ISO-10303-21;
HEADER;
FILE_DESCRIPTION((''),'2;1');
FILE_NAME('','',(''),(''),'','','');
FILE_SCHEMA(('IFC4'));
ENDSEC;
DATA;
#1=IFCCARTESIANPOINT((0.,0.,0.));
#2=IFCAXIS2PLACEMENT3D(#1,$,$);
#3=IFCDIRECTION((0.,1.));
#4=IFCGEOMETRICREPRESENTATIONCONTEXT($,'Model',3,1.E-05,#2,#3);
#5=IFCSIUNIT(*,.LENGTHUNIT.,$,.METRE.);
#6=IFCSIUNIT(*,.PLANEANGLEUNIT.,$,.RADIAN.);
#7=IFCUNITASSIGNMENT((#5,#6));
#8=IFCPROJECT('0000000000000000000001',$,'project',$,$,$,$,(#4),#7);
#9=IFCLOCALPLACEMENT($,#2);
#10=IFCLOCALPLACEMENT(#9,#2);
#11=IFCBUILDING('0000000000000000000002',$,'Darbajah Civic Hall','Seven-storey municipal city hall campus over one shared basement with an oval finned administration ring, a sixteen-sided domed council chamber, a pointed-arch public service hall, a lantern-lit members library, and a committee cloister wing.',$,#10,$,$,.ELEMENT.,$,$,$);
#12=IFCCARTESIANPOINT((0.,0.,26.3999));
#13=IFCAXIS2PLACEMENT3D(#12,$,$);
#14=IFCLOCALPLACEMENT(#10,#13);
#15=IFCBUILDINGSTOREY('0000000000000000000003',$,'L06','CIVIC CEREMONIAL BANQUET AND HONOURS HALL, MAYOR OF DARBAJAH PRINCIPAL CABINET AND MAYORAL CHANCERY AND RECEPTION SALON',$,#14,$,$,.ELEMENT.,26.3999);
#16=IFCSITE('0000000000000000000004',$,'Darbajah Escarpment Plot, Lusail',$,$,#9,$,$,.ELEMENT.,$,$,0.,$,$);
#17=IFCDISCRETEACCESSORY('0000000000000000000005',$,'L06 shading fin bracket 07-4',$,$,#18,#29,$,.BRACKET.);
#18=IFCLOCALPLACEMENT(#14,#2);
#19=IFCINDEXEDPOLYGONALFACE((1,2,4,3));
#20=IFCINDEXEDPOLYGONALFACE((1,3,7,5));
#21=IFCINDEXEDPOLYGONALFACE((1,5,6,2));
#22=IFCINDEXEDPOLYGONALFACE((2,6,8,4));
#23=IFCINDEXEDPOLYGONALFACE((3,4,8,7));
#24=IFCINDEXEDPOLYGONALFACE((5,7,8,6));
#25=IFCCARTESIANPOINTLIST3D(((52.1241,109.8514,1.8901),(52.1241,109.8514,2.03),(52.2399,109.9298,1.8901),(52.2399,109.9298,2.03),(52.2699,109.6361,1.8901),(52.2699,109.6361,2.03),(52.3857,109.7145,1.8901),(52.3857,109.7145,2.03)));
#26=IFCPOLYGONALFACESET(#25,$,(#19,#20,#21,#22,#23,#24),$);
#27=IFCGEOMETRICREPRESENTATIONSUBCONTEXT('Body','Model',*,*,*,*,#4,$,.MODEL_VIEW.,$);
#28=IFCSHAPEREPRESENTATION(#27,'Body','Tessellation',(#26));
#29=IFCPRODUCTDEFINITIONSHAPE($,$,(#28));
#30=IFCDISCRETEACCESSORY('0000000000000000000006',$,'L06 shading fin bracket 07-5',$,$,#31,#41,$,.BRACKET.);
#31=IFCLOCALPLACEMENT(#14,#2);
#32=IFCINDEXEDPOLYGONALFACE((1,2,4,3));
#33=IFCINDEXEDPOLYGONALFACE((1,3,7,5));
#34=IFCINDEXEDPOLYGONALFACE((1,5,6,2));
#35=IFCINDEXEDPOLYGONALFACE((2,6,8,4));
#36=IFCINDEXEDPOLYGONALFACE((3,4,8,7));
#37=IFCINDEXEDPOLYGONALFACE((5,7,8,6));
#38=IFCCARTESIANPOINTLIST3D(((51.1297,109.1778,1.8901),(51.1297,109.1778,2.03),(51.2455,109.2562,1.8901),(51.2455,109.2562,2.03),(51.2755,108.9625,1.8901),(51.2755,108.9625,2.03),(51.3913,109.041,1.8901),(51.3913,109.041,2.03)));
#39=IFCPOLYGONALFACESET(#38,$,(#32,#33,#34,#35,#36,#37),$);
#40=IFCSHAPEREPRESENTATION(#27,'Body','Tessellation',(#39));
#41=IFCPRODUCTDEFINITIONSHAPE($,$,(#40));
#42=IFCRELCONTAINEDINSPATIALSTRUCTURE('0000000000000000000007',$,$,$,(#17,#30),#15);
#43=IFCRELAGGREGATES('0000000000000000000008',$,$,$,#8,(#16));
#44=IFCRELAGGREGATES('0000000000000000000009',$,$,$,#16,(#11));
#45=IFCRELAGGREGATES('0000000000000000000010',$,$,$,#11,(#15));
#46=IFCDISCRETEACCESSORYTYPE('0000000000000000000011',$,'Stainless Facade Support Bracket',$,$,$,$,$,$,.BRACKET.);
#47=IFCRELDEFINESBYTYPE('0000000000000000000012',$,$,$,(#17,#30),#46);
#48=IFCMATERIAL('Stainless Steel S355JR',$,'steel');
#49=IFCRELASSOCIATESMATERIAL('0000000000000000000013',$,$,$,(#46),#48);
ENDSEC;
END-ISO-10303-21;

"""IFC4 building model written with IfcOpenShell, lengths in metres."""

from ifc_helpers import new_model, si_unit, direction, frame, origin, origin_2d, place, context, subcontext, project, spatial, rectangle, extrude, material, type_object, element, save


model = new_model("IFC4")

# Units and contexts
model_context = context("Model", 3, precision=1e-05, world=origin(), true_north=direction((0.0, 1.0)))
body_context = subcontext(model_context, "Body", "Model", "MODEL_VIEW")
ifc_project = project(units=[si_unit("LENGTHUNIT", "METRE"), si_unit("PLANEANGLEUNIT", "RADIAN")], contexts=[model_context])

# Site, building, storey
site_placement = place(None, origin())
site = spatial("IfcSite", under=ifc_project, at=site_placement, Name="Darbajah Escarpment Plot, Lusail", CompositionType="ELEMENT", RefElevation=0.0)
building_placement = place(site_placement, origin())
building = spatial("IfcBuilding", under=site, at=building_placement, Name="Darbajah Civic Hall", Description="Seven-storey municipal city hall campus over one shared basement with an oval finned administration ring, a sixteen-sided domed council chamber, a pointed-arch public service hall, a lantern-lit members library, and a committee cloister wing.", CompositionType="ELEMENT")
storey_placement = place(building_placement, frame((0.0, 0.0, 26.3999)))
storey = spatial("IfcBuildingStorey", under=building, at=storey_placement, Name="L06", Description="CIVIC CEREMONIAL BANQUET AND HONOURS HALL, MAYOR OF DARBAJAH PRINCIPAL CABINET AND MAYORAL CHANCERY AND RECEPTION SALON", CompositionType="ELEMENT", Elevation=26.3999)

# Discrete accessories
ifc_material_1 = material(Name="Stainless Steel S355JR", Category="steel")
discrete_accessory_type = type_object("IfcDiscreteAccessoryType", Name="Stainless Facade Support Bracket", PredefinedType="BRACKET", material=ifc_material_1)
for number, where, z_axis, x_axis, name in (
    (1, (52.2549, 109.783, 1.8901), (0.0, 0.0, 1.0), (-0.560784, 0.827962, 0.0), "L06 shading fin bracket 07-4"),
    (2, (51.2605, 109.1094, 1.8901), (0.0, 0.0, 1.0), (-0.560784, 0.827962, 0.0), "L06 shading fin bracket 07-5"),
):
    element("IfcDiscreteAccessory", number, at=place(storey_placement, frame(where, z_axis=z_axis, x_axis=x_axis)), inside=storey, type_object=discrete_accessory_type, Name=name, PredefinedType="BRACKET", context=body_context, shape_type="SweptSolid", body=[
        extrude(rectangle(XDim=0.26, YDim=0.1399, at=origin_2d()), origin(), (0.0, 0.0, 1.0), 0.1399),
    ])

save(model, "model.ifc")
